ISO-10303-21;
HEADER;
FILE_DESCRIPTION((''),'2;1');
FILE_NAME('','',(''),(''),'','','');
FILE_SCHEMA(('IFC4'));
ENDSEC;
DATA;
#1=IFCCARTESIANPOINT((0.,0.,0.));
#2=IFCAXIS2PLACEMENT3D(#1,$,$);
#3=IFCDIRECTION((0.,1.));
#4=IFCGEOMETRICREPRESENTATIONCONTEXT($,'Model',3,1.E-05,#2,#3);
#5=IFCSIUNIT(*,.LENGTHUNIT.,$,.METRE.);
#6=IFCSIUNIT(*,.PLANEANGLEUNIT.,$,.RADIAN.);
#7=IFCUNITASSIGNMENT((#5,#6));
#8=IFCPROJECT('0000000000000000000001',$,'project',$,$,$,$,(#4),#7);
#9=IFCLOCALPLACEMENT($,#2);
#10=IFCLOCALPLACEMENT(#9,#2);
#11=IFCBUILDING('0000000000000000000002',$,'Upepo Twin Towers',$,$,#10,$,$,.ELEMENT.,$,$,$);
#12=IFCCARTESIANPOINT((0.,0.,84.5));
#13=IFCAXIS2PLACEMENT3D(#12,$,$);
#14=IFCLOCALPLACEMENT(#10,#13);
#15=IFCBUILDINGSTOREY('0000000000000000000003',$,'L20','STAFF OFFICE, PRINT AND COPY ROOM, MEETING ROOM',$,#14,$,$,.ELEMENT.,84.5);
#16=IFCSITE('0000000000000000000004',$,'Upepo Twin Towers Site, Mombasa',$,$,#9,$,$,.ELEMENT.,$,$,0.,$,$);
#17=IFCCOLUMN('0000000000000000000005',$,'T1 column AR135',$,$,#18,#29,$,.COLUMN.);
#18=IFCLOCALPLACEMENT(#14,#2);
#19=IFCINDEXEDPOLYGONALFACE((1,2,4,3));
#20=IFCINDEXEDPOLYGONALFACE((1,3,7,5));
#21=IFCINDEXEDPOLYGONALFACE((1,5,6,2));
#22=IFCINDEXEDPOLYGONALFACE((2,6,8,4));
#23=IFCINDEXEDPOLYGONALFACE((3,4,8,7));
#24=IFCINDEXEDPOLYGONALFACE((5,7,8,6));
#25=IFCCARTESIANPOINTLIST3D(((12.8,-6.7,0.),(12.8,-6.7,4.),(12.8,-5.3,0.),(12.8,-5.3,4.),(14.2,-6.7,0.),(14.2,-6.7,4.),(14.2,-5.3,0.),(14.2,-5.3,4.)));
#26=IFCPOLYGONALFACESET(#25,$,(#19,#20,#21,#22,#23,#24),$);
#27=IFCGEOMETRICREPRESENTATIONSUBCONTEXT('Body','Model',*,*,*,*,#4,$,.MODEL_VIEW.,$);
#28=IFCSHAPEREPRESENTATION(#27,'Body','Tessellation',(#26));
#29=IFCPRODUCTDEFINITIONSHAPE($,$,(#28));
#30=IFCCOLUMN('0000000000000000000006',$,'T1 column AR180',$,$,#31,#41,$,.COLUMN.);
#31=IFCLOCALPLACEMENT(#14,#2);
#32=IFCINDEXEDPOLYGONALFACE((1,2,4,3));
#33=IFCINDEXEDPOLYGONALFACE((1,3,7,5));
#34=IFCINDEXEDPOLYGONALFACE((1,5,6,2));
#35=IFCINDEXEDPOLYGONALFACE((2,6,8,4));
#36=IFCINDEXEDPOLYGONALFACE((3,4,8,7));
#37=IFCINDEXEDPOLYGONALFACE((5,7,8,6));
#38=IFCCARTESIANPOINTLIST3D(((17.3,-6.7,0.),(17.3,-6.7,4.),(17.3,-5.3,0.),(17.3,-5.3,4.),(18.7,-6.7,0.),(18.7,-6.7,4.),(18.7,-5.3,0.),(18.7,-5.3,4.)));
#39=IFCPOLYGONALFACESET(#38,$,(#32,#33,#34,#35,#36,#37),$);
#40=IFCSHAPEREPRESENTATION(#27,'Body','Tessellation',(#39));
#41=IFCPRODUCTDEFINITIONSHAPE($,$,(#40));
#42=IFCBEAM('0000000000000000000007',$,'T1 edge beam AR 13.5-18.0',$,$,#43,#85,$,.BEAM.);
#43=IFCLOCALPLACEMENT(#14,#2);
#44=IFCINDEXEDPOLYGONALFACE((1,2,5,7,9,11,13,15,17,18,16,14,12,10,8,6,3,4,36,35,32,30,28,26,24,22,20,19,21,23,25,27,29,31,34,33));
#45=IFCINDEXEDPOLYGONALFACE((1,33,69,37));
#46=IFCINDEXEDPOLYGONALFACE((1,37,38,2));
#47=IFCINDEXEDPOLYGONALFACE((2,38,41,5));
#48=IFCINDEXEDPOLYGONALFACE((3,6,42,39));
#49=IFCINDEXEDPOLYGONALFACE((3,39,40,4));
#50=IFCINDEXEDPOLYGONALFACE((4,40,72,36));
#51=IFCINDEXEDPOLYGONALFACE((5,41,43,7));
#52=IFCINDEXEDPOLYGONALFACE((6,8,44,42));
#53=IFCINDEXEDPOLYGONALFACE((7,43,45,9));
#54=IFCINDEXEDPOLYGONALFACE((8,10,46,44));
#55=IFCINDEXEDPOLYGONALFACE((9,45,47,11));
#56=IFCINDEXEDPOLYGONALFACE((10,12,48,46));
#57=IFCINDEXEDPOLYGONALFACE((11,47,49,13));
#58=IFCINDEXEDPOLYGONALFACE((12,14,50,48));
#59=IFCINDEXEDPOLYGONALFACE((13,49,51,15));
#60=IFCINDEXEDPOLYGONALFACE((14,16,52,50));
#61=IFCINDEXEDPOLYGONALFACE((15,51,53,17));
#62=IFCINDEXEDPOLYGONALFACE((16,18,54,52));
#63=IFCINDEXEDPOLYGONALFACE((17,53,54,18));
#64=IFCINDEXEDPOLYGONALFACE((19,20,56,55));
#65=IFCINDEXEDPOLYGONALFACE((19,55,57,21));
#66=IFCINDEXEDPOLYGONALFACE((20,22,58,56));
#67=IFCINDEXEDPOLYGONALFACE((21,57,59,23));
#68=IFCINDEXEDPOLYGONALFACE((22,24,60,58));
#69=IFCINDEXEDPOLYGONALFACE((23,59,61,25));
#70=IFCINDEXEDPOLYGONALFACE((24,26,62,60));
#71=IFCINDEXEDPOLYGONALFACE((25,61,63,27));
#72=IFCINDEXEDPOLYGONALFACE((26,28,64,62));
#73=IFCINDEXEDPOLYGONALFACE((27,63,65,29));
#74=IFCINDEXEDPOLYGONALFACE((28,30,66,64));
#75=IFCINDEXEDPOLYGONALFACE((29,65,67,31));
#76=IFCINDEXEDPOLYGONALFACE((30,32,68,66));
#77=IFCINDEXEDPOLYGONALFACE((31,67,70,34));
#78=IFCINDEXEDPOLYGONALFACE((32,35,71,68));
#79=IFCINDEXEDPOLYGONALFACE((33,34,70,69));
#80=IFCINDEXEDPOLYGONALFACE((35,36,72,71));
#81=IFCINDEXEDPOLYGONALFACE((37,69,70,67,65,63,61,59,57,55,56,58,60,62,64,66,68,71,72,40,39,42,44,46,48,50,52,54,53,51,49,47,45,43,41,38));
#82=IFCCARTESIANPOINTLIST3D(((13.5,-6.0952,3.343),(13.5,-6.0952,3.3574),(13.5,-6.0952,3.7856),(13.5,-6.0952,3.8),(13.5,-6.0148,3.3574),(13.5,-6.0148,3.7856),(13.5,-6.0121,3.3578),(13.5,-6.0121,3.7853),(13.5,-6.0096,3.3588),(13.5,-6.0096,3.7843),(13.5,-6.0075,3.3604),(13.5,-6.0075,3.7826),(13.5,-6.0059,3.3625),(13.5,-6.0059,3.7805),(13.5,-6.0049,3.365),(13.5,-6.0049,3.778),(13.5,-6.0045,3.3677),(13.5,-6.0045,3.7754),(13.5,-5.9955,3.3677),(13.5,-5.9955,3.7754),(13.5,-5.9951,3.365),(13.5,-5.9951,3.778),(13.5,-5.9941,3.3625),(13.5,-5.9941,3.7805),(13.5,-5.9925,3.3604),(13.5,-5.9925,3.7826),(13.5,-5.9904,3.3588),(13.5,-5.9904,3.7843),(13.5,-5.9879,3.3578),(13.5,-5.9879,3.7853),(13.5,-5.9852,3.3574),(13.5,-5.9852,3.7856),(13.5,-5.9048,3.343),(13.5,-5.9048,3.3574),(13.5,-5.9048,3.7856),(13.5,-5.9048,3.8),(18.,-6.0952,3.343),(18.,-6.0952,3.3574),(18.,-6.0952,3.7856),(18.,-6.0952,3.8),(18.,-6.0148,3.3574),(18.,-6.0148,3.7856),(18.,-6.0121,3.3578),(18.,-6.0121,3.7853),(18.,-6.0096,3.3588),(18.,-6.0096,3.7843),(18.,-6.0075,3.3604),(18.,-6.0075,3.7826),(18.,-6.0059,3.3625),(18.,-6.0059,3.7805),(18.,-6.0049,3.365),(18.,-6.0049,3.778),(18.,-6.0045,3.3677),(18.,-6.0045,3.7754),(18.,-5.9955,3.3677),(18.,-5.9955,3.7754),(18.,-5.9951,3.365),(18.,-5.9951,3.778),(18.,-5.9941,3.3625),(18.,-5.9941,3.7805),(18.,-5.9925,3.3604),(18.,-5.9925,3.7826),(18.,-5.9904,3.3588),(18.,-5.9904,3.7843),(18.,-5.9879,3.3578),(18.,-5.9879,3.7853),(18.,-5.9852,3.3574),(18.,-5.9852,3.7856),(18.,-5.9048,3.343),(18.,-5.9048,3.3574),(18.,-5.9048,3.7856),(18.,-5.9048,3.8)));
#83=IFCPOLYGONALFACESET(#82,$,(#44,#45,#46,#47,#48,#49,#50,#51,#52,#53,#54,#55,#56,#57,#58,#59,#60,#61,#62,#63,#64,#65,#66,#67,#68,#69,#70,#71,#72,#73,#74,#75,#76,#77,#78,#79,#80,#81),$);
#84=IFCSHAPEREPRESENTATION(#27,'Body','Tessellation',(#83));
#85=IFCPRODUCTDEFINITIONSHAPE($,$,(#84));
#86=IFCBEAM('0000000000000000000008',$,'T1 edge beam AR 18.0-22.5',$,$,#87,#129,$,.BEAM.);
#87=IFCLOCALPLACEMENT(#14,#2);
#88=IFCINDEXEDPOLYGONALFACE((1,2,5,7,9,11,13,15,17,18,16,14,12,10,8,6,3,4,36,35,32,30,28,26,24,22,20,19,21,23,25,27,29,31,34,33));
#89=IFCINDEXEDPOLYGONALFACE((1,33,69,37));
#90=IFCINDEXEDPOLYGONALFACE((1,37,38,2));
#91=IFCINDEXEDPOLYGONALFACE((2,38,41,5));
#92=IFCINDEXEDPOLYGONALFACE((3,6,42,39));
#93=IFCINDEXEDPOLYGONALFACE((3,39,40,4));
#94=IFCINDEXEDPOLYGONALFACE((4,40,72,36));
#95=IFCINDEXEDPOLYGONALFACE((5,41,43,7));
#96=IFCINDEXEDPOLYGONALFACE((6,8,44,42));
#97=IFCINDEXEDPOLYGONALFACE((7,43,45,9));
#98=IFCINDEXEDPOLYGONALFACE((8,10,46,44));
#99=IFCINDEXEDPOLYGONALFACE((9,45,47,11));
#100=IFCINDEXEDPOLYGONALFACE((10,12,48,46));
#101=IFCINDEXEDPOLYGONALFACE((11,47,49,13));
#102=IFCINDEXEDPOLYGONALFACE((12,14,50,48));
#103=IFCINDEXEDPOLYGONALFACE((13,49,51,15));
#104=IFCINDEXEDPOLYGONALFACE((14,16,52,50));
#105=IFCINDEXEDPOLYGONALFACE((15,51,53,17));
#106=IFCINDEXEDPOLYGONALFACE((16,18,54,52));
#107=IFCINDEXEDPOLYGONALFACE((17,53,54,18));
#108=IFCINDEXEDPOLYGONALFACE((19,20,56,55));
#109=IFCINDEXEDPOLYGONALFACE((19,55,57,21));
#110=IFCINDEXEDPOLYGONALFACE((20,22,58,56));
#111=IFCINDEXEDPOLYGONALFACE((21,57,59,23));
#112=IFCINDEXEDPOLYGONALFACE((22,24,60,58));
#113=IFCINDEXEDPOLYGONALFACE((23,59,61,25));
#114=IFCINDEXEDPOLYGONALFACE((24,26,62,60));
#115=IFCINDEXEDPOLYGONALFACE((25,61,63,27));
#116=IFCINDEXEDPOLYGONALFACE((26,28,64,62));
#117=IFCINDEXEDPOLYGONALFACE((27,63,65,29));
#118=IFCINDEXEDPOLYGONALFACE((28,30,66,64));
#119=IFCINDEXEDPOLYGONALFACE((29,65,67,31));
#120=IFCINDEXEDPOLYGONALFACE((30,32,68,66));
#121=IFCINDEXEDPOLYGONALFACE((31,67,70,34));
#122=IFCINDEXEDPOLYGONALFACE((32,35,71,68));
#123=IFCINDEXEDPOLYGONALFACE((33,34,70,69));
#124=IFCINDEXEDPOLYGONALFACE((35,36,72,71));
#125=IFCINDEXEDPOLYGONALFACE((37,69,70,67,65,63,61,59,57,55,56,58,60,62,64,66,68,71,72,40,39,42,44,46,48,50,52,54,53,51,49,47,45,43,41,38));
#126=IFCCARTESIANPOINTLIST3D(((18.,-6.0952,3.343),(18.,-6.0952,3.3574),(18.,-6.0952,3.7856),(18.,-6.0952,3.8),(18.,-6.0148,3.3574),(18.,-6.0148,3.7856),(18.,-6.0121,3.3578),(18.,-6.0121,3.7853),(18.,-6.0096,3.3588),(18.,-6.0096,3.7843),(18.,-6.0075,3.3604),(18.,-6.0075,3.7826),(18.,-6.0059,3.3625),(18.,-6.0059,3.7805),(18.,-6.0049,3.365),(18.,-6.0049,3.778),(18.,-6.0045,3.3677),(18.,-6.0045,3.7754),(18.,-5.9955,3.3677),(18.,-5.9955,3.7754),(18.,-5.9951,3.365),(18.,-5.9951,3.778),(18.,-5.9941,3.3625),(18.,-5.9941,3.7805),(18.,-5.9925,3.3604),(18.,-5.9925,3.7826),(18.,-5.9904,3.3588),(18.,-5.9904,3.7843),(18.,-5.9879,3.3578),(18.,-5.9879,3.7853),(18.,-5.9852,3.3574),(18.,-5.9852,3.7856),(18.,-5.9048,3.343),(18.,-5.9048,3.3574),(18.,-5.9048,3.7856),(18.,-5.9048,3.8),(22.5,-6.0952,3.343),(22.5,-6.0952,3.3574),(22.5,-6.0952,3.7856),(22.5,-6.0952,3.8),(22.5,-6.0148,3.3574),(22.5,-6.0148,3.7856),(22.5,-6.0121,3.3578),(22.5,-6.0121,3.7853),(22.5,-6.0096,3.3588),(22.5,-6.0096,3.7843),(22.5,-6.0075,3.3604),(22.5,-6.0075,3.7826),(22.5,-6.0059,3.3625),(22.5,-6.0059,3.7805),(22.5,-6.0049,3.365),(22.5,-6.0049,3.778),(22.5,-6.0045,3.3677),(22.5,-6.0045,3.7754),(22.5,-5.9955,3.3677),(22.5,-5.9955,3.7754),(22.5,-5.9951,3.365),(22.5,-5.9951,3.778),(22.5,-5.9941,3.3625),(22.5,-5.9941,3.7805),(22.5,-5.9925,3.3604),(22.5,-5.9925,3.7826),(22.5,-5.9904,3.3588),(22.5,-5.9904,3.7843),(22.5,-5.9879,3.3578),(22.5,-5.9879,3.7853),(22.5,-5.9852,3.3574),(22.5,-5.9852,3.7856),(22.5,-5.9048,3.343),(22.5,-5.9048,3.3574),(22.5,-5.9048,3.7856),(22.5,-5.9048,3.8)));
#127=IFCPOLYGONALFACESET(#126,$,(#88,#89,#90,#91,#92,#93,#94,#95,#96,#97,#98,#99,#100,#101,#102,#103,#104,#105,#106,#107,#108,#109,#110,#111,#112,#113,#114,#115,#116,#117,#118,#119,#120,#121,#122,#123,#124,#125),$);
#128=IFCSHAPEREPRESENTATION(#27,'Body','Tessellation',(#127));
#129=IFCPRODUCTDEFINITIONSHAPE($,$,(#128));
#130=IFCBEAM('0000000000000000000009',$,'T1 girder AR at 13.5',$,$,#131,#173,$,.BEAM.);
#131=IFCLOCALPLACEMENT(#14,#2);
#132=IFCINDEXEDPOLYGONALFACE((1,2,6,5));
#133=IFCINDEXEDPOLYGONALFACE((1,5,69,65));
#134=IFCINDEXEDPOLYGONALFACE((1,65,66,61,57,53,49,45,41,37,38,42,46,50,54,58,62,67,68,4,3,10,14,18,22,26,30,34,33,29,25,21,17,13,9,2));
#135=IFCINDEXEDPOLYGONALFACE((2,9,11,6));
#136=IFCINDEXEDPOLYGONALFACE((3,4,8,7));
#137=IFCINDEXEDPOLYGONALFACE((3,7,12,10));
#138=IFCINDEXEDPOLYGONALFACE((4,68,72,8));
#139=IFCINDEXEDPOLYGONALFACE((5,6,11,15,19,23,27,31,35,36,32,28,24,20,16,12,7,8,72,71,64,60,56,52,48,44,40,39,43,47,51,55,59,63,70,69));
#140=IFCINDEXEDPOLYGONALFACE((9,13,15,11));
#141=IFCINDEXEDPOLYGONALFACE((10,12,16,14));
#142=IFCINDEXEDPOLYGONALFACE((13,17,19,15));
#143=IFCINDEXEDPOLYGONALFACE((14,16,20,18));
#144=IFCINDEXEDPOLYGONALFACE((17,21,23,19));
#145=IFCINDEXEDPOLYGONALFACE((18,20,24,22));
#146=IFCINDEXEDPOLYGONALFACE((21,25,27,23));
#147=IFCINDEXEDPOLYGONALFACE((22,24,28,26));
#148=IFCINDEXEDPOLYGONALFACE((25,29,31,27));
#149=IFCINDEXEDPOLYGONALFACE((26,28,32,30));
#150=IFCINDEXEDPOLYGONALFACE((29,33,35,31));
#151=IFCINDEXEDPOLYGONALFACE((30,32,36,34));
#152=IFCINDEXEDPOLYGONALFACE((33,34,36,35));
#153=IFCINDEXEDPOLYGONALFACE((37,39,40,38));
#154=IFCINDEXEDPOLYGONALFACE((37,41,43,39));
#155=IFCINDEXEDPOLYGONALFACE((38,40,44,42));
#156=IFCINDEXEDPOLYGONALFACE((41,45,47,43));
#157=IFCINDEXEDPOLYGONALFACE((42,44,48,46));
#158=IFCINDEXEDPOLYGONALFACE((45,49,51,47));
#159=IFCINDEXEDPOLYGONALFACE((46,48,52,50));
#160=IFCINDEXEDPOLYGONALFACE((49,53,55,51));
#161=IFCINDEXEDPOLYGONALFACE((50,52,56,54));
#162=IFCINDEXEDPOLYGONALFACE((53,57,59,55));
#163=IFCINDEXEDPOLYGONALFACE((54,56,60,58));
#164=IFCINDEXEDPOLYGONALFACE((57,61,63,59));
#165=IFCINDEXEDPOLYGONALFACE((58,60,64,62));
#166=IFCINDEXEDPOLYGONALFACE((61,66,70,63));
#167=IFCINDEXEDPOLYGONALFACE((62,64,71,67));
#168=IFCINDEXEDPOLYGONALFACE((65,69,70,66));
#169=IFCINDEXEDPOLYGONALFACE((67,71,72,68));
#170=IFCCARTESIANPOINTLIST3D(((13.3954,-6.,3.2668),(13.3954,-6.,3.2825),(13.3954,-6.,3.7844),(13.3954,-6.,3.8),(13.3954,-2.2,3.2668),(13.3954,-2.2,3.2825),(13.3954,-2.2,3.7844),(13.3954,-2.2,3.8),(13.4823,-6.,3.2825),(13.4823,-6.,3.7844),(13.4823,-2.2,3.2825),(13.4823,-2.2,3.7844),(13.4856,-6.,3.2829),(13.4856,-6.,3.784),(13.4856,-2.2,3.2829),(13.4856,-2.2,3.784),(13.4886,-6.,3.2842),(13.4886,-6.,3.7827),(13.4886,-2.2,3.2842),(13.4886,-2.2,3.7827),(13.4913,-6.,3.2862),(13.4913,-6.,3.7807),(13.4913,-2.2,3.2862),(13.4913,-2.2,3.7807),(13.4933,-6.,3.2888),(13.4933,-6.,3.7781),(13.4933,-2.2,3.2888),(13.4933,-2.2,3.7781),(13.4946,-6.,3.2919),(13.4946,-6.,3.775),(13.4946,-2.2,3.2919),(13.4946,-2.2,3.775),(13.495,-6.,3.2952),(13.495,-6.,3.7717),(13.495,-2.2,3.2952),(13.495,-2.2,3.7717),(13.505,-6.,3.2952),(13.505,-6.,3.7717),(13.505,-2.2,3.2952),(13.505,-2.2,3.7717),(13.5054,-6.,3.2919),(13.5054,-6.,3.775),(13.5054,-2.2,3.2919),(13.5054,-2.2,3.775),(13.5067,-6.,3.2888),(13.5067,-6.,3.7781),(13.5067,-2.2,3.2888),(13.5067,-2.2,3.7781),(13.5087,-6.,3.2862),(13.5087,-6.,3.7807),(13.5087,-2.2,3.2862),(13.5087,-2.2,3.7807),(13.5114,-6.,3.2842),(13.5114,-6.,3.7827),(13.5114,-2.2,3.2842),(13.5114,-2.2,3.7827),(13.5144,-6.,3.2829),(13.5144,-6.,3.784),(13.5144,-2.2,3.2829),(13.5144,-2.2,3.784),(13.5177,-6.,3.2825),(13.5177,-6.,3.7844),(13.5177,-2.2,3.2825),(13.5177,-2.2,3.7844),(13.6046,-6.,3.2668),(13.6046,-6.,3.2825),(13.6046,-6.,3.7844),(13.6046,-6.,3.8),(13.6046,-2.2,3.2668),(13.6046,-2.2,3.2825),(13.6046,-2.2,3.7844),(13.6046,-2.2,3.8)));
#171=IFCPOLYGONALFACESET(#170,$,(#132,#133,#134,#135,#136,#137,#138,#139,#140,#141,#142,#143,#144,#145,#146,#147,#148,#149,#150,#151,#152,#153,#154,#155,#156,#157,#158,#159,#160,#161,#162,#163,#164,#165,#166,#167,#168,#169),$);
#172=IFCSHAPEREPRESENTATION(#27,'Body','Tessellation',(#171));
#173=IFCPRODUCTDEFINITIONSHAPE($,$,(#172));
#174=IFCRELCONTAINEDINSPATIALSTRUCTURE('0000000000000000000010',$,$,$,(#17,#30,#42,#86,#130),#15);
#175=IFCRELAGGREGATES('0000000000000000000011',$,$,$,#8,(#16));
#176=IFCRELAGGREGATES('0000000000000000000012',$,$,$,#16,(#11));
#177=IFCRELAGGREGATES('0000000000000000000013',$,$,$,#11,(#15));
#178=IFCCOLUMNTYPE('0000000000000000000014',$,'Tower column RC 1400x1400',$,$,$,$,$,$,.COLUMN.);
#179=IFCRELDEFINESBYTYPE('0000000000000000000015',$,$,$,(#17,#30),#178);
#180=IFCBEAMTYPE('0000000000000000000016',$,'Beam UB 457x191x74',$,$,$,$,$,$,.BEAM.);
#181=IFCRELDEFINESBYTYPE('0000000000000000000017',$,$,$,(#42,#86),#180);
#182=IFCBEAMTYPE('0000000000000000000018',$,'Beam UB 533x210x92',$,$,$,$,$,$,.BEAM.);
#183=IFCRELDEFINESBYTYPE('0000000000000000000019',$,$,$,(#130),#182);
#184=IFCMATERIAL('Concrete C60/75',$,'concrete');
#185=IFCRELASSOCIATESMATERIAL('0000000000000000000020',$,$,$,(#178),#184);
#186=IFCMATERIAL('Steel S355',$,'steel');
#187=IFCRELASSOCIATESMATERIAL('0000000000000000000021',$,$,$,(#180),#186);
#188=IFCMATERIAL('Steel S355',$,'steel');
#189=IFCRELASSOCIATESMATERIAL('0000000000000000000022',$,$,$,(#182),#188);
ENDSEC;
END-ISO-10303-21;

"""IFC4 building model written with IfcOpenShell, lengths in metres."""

from ifc_helpers import new_model, si_unit, direction, frame, origin, origin_2d, place, context, subcontext, project, spatial, rectangle, i_section, extrude, material, material_profile, profile_set, type_object, element, save


model = new_model("IFC4")

# Units and contexts
model_context = context("Model", 3, precision=1e-05, world=origin(), true_north=direction((0.0, 1.0)))
body_context = subcontext(model_context, "Body", "Model", "MODEL_VIEW")
ifc_project = project(units=[si_unit("LENGTHUNIT", "METRE"), si_unit("PLANEANGLEUNIT", "RADIAN")], contexts=[model_context])

# Site, building, storey
site_placement = place(None, origin())
site = spatial("IfcSite", under=ifc_project, at=site_placement, Name="Upepo Twin Towers Site, Mombasa", CompositionType="ELEMENT", RefElevation=0.0)
building_placement = place(site_placement, origin())
building = spatial("IfcBuilding", under=site, at=building_placement, Name="Upepo Twin Towers", CompositionType="ELEMENT")
storey_placement = place(building_placement, frame((0.0, 0.0, 84.5)))
storey = spatial("IfcBuildingStorey", under=building, at=storey_placement, Name="L20", Description="STAFF OFFICE, PRINT AND COPY ROOM, MEETING ROOM", CompositionType="ELEMENT", Elevation=84.5)

# Columns
ifc_material_1 = material(Name="Concrete C60/75", Category="concrete")
ifc_material_profile_1 = material_profile(ifc_material_1, rectangle(XDim=1.3999, YDim=1.3999, at=origin_2d()), Name="RC 1400x1400")
ifc_profile_set_1 = profile_set([ifc_material_profile_1], Name="Concrete C60/75")
column_type = type_object("IfcColumnType", Name="Tower column RC 1400x1400", PredefinedType="COLUMN", material=ifc_profile_set_1)
for number, where, z_axis, x_axis, name in (
    (1, (13.5, -6.0, 0.0), (0.0, 0.0, 1.0), (1.0, 0.0, 0.0), "T1 column AR135"),
    (2, (18.0, -6.0, 0.0), (0.0, 0.0, 1.0), (1.0, 0.0, 0.0), "T1 column AR180"),
):
    element("IfcColumn", number, at=place(storey_placement, frame(where, z_axis=z_axis, x_axis=x_axis)), inside=storey, type_object=column_type, Name=name, PredefinedType="COLUMN", context=body_context, shape_type="SweptSolid", body=[
        extrude(rectangle(XDim=1.3999, YDim=1.3999, at=origin_2d()), origin(), (0.0, 0.0, 1.0), 4.0),
    ])

# Beams
ifc_material_2 = material(Name="Steel S355", Category="steel")
ifc_material_profile_2 = material_profile(ifc_material_2, i_section(OverallWidth=0.1904, OverallDepth=0.457, WebThickness=0.009, FlangeThickness=0.0144, FilletRadius=0.0103, at=origin_2d()), Name="UB 457x191x74")
ifc_profile_set_2 = profile_set([ifc_material_profile_2], Name="Steel S355")
beam_type_1 = type_object("IfcBeamType", Name="Beam UB 457x191x74", PredefinedType="BEAM", material=ifc_profile_set_2)
for number, where, z_axis, x_axis, name in (
    (3, (13.5, -6.0, 3.5715), (1.0, 0.0, 0.0), (0.0, 1.0, 0.0), "T1 edge beam AR 13.5-18.0"),
    (4, (18.0, -6.0, 3.5715), (1.0, 0.0, 0.0), (0.0, 1.0, 0.0), "T1 edge beam AR 18.0-22.5"),
):
    element("IfcBeam", number, at=place(storey_placement, frame(where, z_axis=z_axis, x_axis=x_axis)), inside=storey, type_object=beam_type_1, Name=name, PredefinedType="BEAM", context=body_context, shape_type="SweptSolid", body=[
        extrude(i_section(OverallWidth=0.1904, OverallDepth=0.457, WebThickness=0.009, FlangeThickness=0.0144, FilletRadius=0.0103, at=origin_2d()), origin(), (0.0, 0.0, 1.0), 4.5),
    ])
ifc_material_3 = material(Name="Steel S355", Category="steel")
ifc_material_profile_3 = material_profile(ifc_material_3, i_section(OverallWidth=0.2092, OverallDepth=0.5332, WebThickness=0.01, FlangeThickness=0.0156, FilletRadius=0.0127, at=origin_2d()), Name="UB 533x210x92")
ifc_profile_set_3 = profile_set([ifc_material_profile_3], Name="Steel S355")
beam_type_2 = type_object("IfcBeamType", Name="Beam UB 533x210x92", PredefinedType="BEAM", material=ifc_profile_set_3)
for number, where, z_axis, x_axis, name in (
    (5, (13.5, -6.0, 3.5334), (0.0, 1.0, 0.0), (-1.0, 0.0, 0.0), "T1 girder AR at 13.5"),
):
    element("IfcBeam", number, at=place(storey_placement, frame(where, z_axis=z_axis, x_axis=x_axis)), inside=storey, type_object=beam_type_2, Name=name, PredefinedType="BEAM", context=body_context, shape_type="SweptSolid", body=[
        extrude(i_section(OverallWidth=0.2092, OverallDepth=0.5332, WebThickness=0.01, FlangeThickness=0.0156, FilletRadius=0.0127, at=origin_2d()), origin(), (0.0, 0.0, 1.0), 3.8),
    ])

save(model, "model.ifc")
